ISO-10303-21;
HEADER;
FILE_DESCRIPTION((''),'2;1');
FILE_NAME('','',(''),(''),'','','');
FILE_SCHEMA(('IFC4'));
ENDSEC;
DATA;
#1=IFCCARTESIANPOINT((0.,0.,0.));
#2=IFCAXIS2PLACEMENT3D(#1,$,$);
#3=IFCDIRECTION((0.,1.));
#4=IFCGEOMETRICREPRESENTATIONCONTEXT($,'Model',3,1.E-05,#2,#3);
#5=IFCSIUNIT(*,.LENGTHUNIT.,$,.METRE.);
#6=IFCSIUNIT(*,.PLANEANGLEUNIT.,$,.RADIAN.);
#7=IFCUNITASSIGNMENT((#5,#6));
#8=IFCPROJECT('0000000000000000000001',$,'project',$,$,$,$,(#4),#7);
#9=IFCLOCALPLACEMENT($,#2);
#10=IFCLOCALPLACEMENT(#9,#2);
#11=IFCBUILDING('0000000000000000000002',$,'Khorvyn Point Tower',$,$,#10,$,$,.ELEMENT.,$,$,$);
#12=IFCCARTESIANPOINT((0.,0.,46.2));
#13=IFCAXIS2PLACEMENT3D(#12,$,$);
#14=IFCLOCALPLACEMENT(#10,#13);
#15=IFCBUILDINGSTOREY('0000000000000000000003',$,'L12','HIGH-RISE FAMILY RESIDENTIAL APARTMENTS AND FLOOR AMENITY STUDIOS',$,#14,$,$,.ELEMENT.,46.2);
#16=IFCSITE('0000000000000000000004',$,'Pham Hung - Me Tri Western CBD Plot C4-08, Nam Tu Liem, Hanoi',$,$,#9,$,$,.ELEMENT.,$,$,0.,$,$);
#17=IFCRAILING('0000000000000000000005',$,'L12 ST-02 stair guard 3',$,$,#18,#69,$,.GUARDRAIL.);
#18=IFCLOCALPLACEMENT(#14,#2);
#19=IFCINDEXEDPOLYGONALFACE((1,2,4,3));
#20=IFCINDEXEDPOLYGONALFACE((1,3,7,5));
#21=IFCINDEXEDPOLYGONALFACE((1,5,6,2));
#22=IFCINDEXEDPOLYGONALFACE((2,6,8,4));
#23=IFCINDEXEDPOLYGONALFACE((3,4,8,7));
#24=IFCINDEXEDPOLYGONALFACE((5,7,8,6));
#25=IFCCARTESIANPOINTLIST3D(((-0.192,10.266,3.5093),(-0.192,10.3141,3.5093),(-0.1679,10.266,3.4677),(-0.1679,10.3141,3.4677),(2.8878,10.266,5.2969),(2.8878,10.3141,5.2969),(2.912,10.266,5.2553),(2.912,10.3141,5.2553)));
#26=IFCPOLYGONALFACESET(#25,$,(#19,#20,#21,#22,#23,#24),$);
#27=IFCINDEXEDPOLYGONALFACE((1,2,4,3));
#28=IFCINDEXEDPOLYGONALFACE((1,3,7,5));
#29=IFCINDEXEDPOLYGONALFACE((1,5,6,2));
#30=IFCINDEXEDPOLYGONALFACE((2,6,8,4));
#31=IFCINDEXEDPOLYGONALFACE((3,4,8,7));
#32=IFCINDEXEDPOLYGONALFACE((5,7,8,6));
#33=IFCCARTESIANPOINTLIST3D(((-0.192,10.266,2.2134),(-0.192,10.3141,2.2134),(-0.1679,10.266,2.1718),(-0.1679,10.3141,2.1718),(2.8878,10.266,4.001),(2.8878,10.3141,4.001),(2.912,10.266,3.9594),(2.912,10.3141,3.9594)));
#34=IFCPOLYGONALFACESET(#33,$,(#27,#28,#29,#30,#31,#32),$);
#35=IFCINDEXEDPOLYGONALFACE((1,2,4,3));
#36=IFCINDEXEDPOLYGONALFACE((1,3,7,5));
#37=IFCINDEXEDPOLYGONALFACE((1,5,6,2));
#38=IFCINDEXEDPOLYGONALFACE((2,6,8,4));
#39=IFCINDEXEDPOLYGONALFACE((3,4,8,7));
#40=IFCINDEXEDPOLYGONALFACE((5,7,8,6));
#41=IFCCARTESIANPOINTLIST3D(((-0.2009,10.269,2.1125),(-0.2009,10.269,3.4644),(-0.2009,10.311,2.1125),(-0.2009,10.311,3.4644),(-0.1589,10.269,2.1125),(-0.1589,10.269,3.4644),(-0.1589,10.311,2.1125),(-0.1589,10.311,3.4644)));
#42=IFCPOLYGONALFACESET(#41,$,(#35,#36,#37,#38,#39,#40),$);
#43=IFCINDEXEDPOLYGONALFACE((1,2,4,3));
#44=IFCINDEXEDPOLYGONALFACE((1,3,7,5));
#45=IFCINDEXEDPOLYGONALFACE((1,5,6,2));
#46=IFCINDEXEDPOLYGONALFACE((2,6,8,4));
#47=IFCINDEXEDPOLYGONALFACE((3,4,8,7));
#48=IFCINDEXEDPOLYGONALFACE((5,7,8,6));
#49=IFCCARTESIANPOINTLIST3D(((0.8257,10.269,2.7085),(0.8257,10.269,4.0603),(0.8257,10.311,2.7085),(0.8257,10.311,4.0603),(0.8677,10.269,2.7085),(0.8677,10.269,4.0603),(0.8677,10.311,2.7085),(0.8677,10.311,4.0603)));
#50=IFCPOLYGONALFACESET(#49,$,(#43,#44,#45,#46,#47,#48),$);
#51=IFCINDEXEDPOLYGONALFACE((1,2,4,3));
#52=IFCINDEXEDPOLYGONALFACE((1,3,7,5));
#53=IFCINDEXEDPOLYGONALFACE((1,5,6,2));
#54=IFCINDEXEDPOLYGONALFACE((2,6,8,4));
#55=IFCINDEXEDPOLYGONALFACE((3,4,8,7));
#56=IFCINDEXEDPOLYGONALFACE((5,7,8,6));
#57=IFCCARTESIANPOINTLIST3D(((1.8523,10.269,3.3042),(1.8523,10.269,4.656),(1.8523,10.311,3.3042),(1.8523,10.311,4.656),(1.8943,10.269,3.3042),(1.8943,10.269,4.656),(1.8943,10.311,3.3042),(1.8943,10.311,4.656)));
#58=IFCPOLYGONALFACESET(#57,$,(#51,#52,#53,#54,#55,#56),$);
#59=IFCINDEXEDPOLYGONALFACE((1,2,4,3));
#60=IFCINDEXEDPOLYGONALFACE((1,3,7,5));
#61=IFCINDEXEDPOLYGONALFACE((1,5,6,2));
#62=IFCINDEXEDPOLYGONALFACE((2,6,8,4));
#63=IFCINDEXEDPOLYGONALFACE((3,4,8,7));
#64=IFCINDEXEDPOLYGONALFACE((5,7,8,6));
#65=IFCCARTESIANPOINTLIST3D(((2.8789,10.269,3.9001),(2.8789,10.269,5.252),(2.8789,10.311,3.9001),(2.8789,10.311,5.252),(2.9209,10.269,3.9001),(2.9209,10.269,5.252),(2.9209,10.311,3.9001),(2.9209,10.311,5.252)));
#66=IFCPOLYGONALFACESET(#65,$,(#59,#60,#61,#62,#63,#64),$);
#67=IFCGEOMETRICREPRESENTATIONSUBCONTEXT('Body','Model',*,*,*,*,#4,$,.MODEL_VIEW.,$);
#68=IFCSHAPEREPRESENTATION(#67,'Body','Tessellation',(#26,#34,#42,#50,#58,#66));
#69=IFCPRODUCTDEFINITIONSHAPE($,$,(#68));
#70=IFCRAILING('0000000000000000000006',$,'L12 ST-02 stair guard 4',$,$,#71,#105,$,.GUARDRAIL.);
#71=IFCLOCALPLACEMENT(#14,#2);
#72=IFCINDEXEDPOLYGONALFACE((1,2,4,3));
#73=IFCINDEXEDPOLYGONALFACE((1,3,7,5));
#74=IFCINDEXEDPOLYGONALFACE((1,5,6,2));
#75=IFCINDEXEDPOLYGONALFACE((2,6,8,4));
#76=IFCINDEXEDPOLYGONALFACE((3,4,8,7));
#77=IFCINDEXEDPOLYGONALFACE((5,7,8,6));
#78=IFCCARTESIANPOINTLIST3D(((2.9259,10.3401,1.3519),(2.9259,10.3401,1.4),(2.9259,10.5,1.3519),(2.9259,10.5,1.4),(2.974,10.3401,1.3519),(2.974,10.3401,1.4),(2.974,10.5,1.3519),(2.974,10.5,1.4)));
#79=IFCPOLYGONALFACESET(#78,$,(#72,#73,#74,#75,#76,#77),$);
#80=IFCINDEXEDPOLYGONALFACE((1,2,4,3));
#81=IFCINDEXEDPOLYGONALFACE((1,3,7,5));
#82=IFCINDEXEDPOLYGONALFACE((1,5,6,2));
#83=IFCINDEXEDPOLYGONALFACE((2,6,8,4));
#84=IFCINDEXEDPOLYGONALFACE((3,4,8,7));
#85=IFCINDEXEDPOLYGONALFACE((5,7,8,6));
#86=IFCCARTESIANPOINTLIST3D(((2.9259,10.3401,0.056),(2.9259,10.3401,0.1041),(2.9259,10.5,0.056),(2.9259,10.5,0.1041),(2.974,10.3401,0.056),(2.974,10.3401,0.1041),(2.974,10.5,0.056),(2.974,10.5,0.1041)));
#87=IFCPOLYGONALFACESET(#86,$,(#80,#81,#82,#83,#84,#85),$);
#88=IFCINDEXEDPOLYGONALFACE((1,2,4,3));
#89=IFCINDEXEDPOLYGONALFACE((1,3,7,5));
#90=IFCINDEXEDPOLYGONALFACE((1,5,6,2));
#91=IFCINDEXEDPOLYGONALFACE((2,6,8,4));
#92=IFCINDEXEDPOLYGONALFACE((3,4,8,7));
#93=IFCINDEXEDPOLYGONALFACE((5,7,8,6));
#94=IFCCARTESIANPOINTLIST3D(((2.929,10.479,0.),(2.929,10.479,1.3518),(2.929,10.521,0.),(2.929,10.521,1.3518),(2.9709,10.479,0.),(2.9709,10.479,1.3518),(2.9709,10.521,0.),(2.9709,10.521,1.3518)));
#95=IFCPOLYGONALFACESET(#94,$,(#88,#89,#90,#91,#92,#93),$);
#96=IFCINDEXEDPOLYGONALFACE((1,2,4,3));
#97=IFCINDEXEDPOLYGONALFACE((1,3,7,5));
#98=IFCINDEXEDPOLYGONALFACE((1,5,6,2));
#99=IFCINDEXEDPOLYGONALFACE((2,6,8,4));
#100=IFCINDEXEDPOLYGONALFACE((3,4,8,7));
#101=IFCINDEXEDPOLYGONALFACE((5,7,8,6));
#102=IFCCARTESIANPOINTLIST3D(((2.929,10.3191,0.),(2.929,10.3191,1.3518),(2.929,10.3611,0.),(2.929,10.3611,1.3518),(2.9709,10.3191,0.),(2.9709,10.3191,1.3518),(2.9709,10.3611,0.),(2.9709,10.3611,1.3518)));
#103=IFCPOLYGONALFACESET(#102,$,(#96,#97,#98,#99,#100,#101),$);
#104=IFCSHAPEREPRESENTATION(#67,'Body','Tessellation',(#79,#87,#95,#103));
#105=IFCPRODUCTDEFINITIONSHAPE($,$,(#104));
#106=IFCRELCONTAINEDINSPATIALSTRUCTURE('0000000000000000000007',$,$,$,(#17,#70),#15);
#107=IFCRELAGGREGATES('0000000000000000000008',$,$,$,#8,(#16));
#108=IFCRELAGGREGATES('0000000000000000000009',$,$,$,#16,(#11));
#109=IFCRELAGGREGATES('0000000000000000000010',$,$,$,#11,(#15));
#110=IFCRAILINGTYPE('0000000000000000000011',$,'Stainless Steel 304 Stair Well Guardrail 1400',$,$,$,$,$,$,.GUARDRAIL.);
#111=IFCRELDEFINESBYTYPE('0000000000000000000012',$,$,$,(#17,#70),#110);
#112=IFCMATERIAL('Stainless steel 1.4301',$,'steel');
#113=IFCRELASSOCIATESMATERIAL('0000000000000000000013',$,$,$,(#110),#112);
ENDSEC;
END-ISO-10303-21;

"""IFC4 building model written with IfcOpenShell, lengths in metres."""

from ifc_helpers import new_model, si_unit, direction, frame, origin, origin_2d, place, context, subcontext, project, spatial, rectangle, extrude, material, type_object, element, save


model = new_model("IFC4")

# Units and contexts
model_context = context("Model", 3, precision=1e-05, world=origin(), true_north=direction((0.0, 1.0)))
body_context = subcontext(model_context, "Body", "Model", "MODEL_VIEW")
ifc_project = project(units=[si_unit("LENGTHUNIT", "METRE"), si_unit("PLANEANGLEUNIT", "RADIAN")], contexts=[model_context])

# Site, building, storey
site_placement = place(None, origin())
site = spatial("IfcSite", under=ifc_project, at=site_placement, Name="Pham Hung - Me Tri Western CBD Plot C4-08, Nam Tu Liem, Hanoi", CompositionType="ELEMENT", RefElevation=0.0)
building_placement = place(site_placement, origin())
building = spatial("IfcBuilding", under=site, at=building_placement, Name="Khorvyn Point Tower", CompositionType="ELEMENT")
storey_placement = place(building_placement, frame((0.0, 0.0, 46.2)))
storey = spatial("IfcBuildingStorey", under=building, at=storey_placement, Name="L12", Description="HIGH-RISE FAMILY RESIDENTIAL APARTMENTS AND FLOOR AMENITY STUDIOS", CompositionType="ELEMENT", Elevation=46.2)

# Shared definitions
ifc_material_1 = material(Name="Stainless steel 1.4301", Category="steel")

# Railings
railing_type_1 = type_object("IfcRailingType", Name="Stainless Steel 304 Stair Well Guardrail 1400", PredefinedType="GUARDRAIL", material=ifc_material_1)
railing_1_placement = place(storey_placement, frame((-0.1799, 10.29, 2.1125)))
element("IfcRailing", 1, at=railing_1_placement, inside=storey, type_object=railing_type_1, Name="L12 ST-02 stair guard 3", PredefinedType="GUARDRAIL", context=body_context, shape_type="SweptSolid", body=[
    extrude(rectangle(XDim=0.0481, YDim=0.0481, at=origin_2d()), frame((0.0, 0.0, 1.376), z_axis=(0.864873, 0.0, 0.50199), x_axis=(0.0, 1.0, 0.0)), (0.0, 0.0, 1.0), 3.561),
    extrude(rectangle(XDim=0.0481, YDim=0.0481, at=origin_2d()), frame((0.0, 0.0, 0.0801), z_axis=(0.864873, 0.0, 0.50199), x_axis=(0.0, 1.0, 0.0)), (0.0, 0.0, 1.0), 3.561),
    extrude(rectangle(XDim=0.042, YDim=0.042, at=origin_2d()), origin(), (0.0, 0.0, 1.0), 1.3518),
    extrude(rectangle(XDim=0.042, YDim=0.042, at=origin_2d()), frame((1.0266, 0.0, 0.5959)), (0.0, 0.0, 1.0), 1.3518),
    extrude(rectangle(XDim=0.042, YDim=0.042, at=origin_2d()), frame((2.0532, 0.0, 1.1917)), (0.0, 0.0, 1.0), 1.3518),
    extrude(rectangle(XDim=0.042, YDim=0.042, at=origin_2d()), frame((3.0798, 0.0, 1.7876)), (0.0, 0.0, 1.0), 1.3518),
])
railing_2_placement = place(storey_placement, frame((2.95, 10.5, 0.0)))
element("IfcRailing", 2, at=railing_2_placement, inside=storey, type_object=railing_type_1, Name="L12 ST-02 stair guard 4", PredefinedType="GUARDRAIL", context=body_context, shape_type="SweptSolid", body=[
    extrude(rectangle(XDim=0.0481, YDim=0.0481, at=origin_2d()), frame((0.0, 0.0, 1.376), z_axis=(0.0, -1.0, 0.0), x_axis=(1.0, 0.0, 0.0)), (0.0, 0.0, 1.0), 0.1599),
    extrude(rectangle(XDim=0.0481, YDim=0.0481, at=origin_2d()), frame((0.0, 0.0, 0.0801), z_axis=(0.0, -1.0, 0.0), x_axis=(1.0, 0.0, 0.0)), (0.0, 0.0, 1.0), 0.1599),
    extrude(rectangle(XDim=0.042, YDim=0.042, at=origin_2d()), origin(), (0.0, 0.0, 1.0), 1.3518),
    extrude(rectangle(XDim=0.042, YDim=0.042, at=origin_2d()), frame((0.0, -0.1599, 0.0)), (0.0, 0.0, 1.0), 1.3518),
])

save(model, "model.ifc")
